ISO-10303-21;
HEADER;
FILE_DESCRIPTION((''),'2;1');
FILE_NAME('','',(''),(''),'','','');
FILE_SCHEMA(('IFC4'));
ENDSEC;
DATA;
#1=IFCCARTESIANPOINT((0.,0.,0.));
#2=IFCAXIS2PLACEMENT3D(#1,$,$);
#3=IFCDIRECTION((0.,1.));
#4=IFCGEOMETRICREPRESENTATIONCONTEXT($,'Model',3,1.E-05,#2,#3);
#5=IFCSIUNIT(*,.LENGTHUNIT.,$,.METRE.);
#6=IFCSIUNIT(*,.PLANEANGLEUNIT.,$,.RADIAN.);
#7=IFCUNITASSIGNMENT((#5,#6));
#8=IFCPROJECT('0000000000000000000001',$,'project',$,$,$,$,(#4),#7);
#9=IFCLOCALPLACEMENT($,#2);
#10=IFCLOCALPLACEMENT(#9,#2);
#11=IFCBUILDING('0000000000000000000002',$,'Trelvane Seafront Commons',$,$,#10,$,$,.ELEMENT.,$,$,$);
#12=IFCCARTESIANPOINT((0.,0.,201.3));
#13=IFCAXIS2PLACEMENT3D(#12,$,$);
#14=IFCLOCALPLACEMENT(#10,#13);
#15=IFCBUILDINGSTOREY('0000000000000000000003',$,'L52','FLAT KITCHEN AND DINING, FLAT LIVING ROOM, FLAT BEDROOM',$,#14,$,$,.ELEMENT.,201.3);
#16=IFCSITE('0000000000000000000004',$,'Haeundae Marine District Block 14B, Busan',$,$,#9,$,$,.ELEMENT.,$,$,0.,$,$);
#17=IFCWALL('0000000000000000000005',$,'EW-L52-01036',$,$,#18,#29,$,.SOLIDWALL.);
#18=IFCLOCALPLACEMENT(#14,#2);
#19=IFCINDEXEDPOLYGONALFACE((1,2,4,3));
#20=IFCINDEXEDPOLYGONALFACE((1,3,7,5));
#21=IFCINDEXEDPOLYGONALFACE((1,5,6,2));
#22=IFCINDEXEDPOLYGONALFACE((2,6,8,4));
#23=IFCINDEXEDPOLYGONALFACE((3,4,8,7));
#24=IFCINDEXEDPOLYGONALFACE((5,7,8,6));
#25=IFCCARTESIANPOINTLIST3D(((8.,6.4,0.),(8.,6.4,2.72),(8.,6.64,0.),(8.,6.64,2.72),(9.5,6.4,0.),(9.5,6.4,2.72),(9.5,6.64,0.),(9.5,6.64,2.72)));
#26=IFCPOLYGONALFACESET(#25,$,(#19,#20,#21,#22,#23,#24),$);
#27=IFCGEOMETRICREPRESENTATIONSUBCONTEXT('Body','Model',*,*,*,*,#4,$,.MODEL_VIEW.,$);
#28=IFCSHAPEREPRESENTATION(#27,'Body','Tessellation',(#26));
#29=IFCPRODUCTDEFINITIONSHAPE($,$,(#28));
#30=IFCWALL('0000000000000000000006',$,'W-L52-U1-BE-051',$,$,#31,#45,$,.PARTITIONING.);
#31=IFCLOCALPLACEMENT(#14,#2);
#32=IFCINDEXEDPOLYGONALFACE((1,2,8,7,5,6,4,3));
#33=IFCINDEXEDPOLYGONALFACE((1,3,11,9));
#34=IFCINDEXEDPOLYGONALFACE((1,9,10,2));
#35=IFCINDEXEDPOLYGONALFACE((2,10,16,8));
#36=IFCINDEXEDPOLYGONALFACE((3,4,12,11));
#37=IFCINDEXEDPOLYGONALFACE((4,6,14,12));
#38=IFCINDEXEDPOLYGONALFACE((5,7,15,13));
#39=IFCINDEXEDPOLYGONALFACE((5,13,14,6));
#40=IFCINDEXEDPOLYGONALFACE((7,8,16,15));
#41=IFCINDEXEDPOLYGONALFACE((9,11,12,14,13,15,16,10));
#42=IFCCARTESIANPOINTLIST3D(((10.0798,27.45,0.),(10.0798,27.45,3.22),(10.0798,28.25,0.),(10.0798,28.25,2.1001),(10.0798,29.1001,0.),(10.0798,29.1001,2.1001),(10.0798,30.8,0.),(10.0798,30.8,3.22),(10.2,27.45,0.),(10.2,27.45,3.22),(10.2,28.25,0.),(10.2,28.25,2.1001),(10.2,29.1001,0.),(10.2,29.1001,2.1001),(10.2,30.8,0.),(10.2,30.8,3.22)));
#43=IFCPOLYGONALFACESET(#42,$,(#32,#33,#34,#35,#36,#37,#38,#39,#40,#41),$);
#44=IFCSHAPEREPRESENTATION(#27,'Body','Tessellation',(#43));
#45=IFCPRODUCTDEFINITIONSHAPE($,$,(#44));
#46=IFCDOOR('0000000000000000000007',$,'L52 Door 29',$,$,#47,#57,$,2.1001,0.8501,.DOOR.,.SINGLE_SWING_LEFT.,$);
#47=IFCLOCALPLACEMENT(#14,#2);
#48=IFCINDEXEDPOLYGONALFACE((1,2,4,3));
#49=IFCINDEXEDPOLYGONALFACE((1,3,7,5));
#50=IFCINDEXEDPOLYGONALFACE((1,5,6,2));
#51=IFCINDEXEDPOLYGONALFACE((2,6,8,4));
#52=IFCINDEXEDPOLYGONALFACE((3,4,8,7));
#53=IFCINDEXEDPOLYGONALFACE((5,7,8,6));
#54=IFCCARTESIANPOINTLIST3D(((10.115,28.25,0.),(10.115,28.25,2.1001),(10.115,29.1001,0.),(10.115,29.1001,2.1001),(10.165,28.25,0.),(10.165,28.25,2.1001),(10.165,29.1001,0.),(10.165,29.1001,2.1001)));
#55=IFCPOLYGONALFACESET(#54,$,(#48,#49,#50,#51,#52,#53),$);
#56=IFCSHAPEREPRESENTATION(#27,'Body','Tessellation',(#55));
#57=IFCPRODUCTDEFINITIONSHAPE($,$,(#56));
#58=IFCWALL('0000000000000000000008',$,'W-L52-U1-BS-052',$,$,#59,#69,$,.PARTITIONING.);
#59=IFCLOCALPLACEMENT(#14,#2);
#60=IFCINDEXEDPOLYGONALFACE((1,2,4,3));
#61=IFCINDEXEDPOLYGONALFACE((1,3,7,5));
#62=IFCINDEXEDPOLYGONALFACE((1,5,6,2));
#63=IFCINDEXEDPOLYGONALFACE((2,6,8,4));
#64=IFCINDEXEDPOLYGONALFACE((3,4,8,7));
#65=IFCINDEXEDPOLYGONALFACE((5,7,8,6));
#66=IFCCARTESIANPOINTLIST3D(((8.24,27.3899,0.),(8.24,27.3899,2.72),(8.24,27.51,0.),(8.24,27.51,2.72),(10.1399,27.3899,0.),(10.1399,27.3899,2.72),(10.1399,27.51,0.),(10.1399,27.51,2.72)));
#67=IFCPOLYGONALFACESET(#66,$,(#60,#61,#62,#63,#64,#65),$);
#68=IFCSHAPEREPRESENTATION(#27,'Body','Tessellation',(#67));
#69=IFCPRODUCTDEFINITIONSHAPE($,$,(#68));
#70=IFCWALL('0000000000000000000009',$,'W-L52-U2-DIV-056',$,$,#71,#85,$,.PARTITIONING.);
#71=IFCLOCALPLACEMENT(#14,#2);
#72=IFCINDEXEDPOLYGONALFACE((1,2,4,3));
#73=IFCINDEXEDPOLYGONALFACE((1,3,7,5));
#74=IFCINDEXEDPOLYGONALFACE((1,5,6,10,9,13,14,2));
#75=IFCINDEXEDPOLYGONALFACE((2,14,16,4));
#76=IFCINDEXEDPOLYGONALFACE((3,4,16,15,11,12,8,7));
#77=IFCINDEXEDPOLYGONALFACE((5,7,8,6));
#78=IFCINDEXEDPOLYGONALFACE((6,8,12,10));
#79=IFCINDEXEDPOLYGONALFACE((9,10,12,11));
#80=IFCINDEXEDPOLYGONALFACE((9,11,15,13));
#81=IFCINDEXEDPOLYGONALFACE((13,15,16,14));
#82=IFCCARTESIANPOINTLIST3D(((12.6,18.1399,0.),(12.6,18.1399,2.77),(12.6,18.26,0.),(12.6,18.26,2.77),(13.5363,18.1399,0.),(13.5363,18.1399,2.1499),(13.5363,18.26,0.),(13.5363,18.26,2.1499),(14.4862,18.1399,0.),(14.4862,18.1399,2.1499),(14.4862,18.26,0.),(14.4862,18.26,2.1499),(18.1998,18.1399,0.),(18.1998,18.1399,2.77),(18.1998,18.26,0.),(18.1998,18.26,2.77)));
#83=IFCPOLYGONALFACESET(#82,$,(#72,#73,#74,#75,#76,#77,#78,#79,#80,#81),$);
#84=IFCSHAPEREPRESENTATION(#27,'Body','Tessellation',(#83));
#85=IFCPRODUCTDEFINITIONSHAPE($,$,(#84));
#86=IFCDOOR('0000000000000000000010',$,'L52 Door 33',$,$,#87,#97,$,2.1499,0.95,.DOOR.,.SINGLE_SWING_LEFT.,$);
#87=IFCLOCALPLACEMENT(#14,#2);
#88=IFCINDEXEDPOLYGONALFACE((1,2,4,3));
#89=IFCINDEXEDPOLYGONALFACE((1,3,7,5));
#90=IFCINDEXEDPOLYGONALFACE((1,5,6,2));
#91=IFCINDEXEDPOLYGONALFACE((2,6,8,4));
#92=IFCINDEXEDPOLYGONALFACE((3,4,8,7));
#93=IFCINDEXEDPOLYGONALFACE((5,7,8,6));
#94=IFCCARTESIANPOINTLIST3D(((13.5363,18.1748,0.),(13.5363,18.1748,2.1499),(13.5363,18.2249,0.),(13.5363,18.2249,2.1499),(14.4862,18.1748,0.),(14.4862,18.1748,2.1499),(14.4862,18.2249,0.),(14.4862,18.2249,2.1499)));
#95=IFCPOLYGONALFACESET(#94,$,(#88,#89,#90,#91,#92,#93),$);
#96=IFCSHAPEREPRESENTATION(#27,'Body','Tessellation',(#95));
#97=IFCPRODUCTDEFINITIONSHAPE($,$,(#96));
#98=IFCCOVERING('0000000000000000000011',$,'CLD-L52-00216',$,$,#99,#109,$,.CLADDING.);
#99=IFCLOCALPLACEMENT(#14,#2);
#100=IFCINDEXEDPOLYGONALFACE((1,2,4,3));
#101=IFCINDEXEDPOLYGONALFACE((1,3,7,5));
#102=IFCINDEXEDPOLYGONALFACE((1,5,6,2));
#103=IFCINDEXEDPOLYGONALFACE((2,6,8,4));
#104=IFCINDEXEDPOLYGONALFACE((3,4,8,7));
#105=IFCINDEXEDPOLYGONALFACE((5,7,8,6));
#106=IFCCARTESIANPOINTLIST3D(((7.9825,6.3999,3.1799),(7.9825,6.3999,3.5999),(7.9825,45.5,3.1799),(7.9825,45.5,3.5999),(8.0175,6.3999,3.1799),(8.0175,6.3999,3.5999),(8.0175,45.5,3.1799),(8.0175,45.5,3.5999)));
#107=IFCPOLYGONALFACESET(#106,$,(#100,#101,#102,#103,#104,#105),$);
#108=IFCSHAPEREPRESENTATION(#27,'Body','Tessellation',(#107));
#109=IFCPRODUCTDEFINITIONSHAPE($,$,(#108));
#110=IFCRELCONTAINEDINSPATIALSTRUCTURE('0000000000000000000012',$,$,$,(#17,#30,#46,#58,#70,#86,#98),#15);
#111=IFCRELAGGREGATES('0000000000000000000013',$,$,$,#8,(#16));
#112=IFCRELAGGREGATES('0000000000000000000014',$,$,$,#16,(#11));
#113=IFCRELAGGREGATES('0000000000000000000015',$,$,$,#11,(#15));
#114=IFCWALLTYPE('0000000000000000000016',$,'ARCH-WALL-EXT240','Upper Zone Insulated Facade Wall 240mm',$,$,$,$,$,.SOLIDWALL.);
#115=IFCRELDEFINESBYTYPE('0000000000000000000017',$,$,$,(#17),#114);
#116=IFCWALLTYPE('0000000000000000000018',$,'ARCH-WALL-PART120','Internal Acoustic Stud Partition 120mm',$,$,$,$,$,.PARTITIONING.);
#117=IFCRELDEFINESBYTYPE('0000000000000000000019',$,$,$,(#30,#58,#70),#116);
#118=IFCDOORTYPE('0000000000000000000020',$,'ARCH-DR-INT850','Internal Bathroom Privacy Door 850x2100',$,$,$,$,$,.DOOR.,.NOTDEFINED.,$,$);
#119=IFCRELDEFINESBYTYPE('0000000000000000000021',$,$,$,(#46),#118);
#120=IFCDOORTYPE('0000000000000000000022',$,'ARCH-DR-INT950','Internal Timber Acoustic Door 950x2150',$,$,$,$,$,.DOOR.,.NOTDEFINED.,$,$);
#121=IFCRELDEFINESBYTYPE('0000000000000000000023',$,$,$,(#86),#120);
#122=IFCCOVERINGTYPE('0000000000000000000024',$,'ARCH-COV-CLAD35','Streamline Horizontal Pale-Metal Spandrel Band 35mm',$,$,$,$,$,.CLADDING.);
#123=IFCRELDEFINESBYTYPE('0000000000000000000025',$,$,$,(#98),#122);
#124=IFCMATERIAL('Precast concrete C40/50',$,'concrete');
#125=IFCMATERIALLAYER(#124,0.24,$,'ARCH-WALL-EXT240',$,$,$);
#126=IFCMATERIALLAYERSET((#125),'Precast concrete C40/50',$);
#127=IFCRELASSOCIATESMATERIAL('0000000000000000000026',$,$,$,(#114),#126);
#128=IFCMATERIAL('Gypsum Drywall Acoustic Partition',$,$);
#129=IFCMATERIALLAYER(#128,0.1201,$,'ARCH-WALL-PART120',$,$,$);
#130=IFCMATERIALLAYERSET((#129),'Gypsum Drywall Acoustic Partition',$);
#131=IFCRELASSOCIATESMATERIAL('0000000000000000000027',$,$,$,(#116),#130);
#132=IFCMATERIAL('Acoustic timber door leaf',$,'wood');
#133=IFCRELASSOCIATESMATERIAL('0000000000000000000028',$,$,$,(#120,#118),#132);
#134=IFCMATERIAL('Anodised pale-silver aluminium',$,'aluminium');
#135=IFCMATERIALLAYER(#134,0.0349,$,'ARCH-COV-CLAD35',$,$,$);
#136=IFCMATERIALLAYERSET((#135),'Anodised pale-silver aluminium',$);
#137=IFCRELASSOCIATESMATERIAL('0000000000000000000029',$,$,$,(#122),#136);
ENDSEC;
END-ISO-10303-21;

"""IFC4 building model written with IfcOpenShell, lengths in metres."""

from ifc_helpers import new_model, si_unit, direction, frame, frame_2d, origin, origin_2d, place, context, subcontext, project, spatial, rectangle, extrude, source, transform, mapped, material, layer, layer_set, type_object, element, fill, save


model = new_model("IFC4")

# Units and contexts
model_context = context("Model", 3, precision=1e-05, world=origin(), true_north=direction((0.0, 1.0)))
body_context = subcontext(model_context, "Body", "Model", "MODEL_VIEW")
ifc_project = project(units=[si_unit("LENGTHUNIT", "METRE"), si_unit("PLANEANGLEUNIT", "RADIAN")], contexts=[model_context])

# Site, building, storey
site_placement = place(None, origin())
site = spatial("IfcSite", under=ifc_project, at=site_placement, Name="Haeundae Marine District Block 14B, Busan", CompositionType="ELEMENT", RefElevation=0.0)
building_placement = place(site_placement, origin())
building = spatial("IfcBuilding", under=site, at=building_placement, Name="Trelvane Seafront Commons", CompositionType="ELEMENT")
storey_placement = place(building_placement, frame((0.0, 0.0, 201.3)))
storey = spatial("IfcBuildingStorey", under=building, at=storey_placement, Name="L52", Description="FLAT KITCHEN AND DINING, FLAT LIVING ROOM, FLAT BEDROOM", CompositionType="ELEMENT", Elevation=201.3)

# Shared definitions
ifc_material_1 = material(Name="Anodised pale-silver aluminium", Category="aluminium")

# Wall
ifc_material_2 = material(Name="Precast concrete C40/50", Category="concrete")
ifc_layer_1 = layer(ifc_material_2, 0.24, Name="ARCH-WALL-EXT240")
ifc_layer_set_1 = layer_set([ifc_layer_1], Name="Precast concrete C40/50")
wall_type_1 = type_object("IfcWallType", Name="ARCH-WALL-EXT240", Description="Upper Zone Insulated Facade Wall 240mm", PredefinedType="SOLIDWALL", material=ifc_layer_set_1)
wall_1_placement = place(storey_placement, frame((9.5, 6.52, 0.0), z_axis=(0.0, 0.0, 1.0), x_axis=(-1.0, 0.0, 0.0)))
element("IfcWall", 1, at=wall_1_placement, inside=storey, type_object=wall_type_1, Name="EW-L52-01036", PredefinedType="SOLIDWALL", context=body_context, shape_type="SweptSolid", body=[
    extrude(rectangle(XDim=1.5, YDim=0.24, at=frame_2d((0.75, 0.0))), origin(), (0.0, 0.0, 1.0), 2.72),
])

# Wall, opening, door
ifc_material_3 = material(Name="Gypsum Drywall Acoustic Partition")
ifc_layer_2 = layer(ifc_material_3, 0.1201, Name="ARCH-WALL-PART120")
ifc_layer_set_2 = layer_set([ifc_layer_2], Name="Gypsum Drywall Acoustic Partition")
wall_type_2 = type_object("IfcWallType", Name="ARCH-WALL-PART120", Description="Internal Acoustic Stud Partition 120mm", PredefinedType="PARTITIONING", material=ifc_layer_set_2)
ifc_material_4 = material(Name="Acoustic timber door leaf", Category="wood")
door_type_1 = type_object("IfcDoorType", Name="ARCH-DR-INT950", Description="Internal Timber Acoustic Door 950x2150", OperationType="NOTDEFINED", PredefinedType="DOOR", material=ifc_material_4)
shared_shape_1 = source(origin(), body_context, "Body", "SweptSolid", [
    extrude(rectangle(XDim=0.95, YDim=2.1499, at=frame_2d((0.4751, 1.075))), frame((0.0, 0.0249, 0.0), z_axis=(0.0, -1.0, 0.0), x_axis=(1.0, 0.0, 0.0)), (0.0, 0.0, 1.0), 0.05),
])
wall_2_placement = place(storey_placement, frame((10.1399, 27.45, 0.0), z_axis=(0.0, 0.0, 1.0), x_axis=(0.0, 1.0, 0.0)))
wall_2 = element("IfcWall", 2, at=wall_2_placement, inside=storey, type_object=wall_type_2, Name="W-L52-U1-BE-051", PredefinedType="PARTITIONING", context=body_context, shape_type="SweptSolid", body=[
    extrude(rectangle(XDim=3.3501, YDim=0.1201, at=frame_2d((1.675, 0.0))), origin(), (0.0, 0.0, 1.0), 3.22),
])
opening_1_placement = place(wall_2_placement, frame((0.8, 0.0, 0.0)))
opening_1 = element("IfcOpeningElement", 3, at=opening_1_placement, cuts=wall_2, PredefinedType="OPENING", context=body_context, shape_type="SweptSolid", body=[
    extrude(rectangle(XDim=0.8501, YDim=2.1001, at=frame_2d((0.425, 1.05))), frame((0.0, 0.0701, 0.0), z_axis=(0.0, -1.0, 0.0), x_axis=(1.0, 0.0, 0.0)), (0.0, 0.0, 1.0), 0.1401),
])
door_type_2 = type_object("IfcDoorType", Name="ARCH-DR-INT850", Description="Internal Bathroom Privacy Door 850x2100", OperationType="NOTDEFINED", PredefinedType="DOOR", material=ifc_material_4)
shared_shape_2 = source(origin(), body_context, "Body", "SweptSolid", [
    extrude(rectangle(XDim=0.8501, YDim=2.1001, at=frame_2d((0.425, 1.05))), frame((0.0, 0.0249, 0.0), z_axis=(0.0, -1.0, 0.0), x_axis=(1.0, 0.0, 0.0)), (0.0, 0.0, 1.0), 0.05),
])
door_1_placement = place(opening_1_placement, origin())
door_1 = element("IfcDoor", 4, at=door_1_placement, inside=storey, type_object=door_type_2, Name="L52 Door 29", OperationType="SINGLE_SWING_LEFT", OverallHeight=2.1001, OverallWidth=0.8501, PredefinedType="DOOR", context=body_context, shape_type="MappedRepresentation", body=[
    mapped(shared_shape_2, transform((0.0, 0.0, 0.0), x_axis=(1.0, 0.0, 0.0), y_axis=(0.0, 1.0, 0.0), z_axis=(0.0, 0.0, 1.0), scale=1.0)),
])
fill(opening_1, door_1)

# Wall
wall_3_placement = place(storey_placement, frame((8.24, 27.45, 0.0), z_axis=(0.0, 0.0, 1.0), x_axis=(1.0, 0.0, 0.0)))
element("IfcWall", 5, at=wall_3_placement, inside=storey, type_object=wall_type_2, Name="W-L52-U1-BS-052", PredefinedType="PARTITIONING", context=body_context, shape_type="SweptSolid", body=[
    extrude(rectangle(XDim=1.8999, YDim=0.1201, at=frame_2d((0.95, 0.0))), origin(), (0.0, 0.0, 1.0), 2.72),
])

# Wall, opening, door
wall_4_placement = place(storey_placement, frame((12.6001, 18.2, 0.0), z_axis=(0.0, 0.0, 1.0), x_axis=(1.0, 0.0, 0.0)))
wall_4 = element("IfcWall", 6, at=wall_4_placement, inside=storey, type_object=wall_type_2, Name="W-L52-U2-DIV-056", PredefinedType="PARTITIONING", context=body_context, shape_type="SweptSolid", body=[
    extrude(rectangle(XDim=5.5999, YDim=0.1201, at=frame_2d((2.7998, 0.0))), origin(), (0.0, 0.0, 1.0), 2.77),
])
opening_2_placement = place(wall_4_placement, frame((0.936, 0.0, 0.0)))
opening_2 = element("IfcOpeningElement", 7, at=opening_2_placement, cuts=wall_4, PredefinedType="OPENING", context=body_context, shape_type="SweptSolid", body=[
    extrude(rectangle(XDim=0.95, YDim=2.1499, at=frame_2d((0.4751, 1.075))), frame((0.0, 0.0701, 0.0), z_axis=(0.0, -1.0, 0.0), x_axis=(1.0, 0.0, 0.0)), (0.0, 0.0, 1.0), 0.1401),
])
door_2_placement = place(opening_2_placement, origin())
door_2 = element("IfcDoor", 8, at=door_2_placement, inside=storey, type_object=door_type_1, Name="L52 Door 33", OperationType="SINGLE_SWING_LEFT", OverallHeight=2.1499, OverallWidth=0.95, PredefinedType="DOOR", context=body_context, shape_type="MappedRepresentation", body=[
    mapped(shared_shape_1, transform((0.0, 0.0, 0.0), x_axis=(1.0, 0.0, 0.0), y_axis=(0.0, 1.0, 0.0), z_axis=(0.0, 0.0, 1.0), scale=1.0)),
])
fill(opening_2, door_2)

# Covering
ifc_layer_3 = layer(ifc_material_1, 0.0349, Name="ARCH-COV-CLAD35")
ifc_layer_set_3 = layer_set([ifc_layer_3], Name="Anodised pale-silver aluminium")
covering_type = type_object("IfcCoveringType", Name="ARCH-COV-CLAD35", Description="Streamline Horizontal Pale-Metal Spandrel Band 35mm", PredefinedType="CLADDING", material=ifc_layer_set_3)
shared_shape_3 = source(origin(), body_context, "Body", "SweptSolid", [
    extrude(rectangle(XDim=39.1001, YDim=0.0349, at=origin_2d()), origin(), (0.0, 0.0, 1.0), 0.4199),
])
covering_placement = place(storey_placement, frame((8.0, 25.95, 3.1799), z_axis=(0.0, 0.0, 1.0), x_axis=(0.0, 1.0, 0.0)))
element("IfcCovering", 9, at=covering_placement, inside=storey, type_object=covering_type, Name="CLD-L52-00216", PredefinedType="CLADDING", context=body_context, shape_type="MappedRepresentation", body=[
    mapped(shared_shape_3, transform((0.0, 0.0, 0.0), x_axis=(1.0, 0.0, 0.0), y_axis=(0.0, 1.0, 0.0), z_axis=(0.0, 0.0, 1.0), scale=1.0)),
])

save(model, "model.ifc")
